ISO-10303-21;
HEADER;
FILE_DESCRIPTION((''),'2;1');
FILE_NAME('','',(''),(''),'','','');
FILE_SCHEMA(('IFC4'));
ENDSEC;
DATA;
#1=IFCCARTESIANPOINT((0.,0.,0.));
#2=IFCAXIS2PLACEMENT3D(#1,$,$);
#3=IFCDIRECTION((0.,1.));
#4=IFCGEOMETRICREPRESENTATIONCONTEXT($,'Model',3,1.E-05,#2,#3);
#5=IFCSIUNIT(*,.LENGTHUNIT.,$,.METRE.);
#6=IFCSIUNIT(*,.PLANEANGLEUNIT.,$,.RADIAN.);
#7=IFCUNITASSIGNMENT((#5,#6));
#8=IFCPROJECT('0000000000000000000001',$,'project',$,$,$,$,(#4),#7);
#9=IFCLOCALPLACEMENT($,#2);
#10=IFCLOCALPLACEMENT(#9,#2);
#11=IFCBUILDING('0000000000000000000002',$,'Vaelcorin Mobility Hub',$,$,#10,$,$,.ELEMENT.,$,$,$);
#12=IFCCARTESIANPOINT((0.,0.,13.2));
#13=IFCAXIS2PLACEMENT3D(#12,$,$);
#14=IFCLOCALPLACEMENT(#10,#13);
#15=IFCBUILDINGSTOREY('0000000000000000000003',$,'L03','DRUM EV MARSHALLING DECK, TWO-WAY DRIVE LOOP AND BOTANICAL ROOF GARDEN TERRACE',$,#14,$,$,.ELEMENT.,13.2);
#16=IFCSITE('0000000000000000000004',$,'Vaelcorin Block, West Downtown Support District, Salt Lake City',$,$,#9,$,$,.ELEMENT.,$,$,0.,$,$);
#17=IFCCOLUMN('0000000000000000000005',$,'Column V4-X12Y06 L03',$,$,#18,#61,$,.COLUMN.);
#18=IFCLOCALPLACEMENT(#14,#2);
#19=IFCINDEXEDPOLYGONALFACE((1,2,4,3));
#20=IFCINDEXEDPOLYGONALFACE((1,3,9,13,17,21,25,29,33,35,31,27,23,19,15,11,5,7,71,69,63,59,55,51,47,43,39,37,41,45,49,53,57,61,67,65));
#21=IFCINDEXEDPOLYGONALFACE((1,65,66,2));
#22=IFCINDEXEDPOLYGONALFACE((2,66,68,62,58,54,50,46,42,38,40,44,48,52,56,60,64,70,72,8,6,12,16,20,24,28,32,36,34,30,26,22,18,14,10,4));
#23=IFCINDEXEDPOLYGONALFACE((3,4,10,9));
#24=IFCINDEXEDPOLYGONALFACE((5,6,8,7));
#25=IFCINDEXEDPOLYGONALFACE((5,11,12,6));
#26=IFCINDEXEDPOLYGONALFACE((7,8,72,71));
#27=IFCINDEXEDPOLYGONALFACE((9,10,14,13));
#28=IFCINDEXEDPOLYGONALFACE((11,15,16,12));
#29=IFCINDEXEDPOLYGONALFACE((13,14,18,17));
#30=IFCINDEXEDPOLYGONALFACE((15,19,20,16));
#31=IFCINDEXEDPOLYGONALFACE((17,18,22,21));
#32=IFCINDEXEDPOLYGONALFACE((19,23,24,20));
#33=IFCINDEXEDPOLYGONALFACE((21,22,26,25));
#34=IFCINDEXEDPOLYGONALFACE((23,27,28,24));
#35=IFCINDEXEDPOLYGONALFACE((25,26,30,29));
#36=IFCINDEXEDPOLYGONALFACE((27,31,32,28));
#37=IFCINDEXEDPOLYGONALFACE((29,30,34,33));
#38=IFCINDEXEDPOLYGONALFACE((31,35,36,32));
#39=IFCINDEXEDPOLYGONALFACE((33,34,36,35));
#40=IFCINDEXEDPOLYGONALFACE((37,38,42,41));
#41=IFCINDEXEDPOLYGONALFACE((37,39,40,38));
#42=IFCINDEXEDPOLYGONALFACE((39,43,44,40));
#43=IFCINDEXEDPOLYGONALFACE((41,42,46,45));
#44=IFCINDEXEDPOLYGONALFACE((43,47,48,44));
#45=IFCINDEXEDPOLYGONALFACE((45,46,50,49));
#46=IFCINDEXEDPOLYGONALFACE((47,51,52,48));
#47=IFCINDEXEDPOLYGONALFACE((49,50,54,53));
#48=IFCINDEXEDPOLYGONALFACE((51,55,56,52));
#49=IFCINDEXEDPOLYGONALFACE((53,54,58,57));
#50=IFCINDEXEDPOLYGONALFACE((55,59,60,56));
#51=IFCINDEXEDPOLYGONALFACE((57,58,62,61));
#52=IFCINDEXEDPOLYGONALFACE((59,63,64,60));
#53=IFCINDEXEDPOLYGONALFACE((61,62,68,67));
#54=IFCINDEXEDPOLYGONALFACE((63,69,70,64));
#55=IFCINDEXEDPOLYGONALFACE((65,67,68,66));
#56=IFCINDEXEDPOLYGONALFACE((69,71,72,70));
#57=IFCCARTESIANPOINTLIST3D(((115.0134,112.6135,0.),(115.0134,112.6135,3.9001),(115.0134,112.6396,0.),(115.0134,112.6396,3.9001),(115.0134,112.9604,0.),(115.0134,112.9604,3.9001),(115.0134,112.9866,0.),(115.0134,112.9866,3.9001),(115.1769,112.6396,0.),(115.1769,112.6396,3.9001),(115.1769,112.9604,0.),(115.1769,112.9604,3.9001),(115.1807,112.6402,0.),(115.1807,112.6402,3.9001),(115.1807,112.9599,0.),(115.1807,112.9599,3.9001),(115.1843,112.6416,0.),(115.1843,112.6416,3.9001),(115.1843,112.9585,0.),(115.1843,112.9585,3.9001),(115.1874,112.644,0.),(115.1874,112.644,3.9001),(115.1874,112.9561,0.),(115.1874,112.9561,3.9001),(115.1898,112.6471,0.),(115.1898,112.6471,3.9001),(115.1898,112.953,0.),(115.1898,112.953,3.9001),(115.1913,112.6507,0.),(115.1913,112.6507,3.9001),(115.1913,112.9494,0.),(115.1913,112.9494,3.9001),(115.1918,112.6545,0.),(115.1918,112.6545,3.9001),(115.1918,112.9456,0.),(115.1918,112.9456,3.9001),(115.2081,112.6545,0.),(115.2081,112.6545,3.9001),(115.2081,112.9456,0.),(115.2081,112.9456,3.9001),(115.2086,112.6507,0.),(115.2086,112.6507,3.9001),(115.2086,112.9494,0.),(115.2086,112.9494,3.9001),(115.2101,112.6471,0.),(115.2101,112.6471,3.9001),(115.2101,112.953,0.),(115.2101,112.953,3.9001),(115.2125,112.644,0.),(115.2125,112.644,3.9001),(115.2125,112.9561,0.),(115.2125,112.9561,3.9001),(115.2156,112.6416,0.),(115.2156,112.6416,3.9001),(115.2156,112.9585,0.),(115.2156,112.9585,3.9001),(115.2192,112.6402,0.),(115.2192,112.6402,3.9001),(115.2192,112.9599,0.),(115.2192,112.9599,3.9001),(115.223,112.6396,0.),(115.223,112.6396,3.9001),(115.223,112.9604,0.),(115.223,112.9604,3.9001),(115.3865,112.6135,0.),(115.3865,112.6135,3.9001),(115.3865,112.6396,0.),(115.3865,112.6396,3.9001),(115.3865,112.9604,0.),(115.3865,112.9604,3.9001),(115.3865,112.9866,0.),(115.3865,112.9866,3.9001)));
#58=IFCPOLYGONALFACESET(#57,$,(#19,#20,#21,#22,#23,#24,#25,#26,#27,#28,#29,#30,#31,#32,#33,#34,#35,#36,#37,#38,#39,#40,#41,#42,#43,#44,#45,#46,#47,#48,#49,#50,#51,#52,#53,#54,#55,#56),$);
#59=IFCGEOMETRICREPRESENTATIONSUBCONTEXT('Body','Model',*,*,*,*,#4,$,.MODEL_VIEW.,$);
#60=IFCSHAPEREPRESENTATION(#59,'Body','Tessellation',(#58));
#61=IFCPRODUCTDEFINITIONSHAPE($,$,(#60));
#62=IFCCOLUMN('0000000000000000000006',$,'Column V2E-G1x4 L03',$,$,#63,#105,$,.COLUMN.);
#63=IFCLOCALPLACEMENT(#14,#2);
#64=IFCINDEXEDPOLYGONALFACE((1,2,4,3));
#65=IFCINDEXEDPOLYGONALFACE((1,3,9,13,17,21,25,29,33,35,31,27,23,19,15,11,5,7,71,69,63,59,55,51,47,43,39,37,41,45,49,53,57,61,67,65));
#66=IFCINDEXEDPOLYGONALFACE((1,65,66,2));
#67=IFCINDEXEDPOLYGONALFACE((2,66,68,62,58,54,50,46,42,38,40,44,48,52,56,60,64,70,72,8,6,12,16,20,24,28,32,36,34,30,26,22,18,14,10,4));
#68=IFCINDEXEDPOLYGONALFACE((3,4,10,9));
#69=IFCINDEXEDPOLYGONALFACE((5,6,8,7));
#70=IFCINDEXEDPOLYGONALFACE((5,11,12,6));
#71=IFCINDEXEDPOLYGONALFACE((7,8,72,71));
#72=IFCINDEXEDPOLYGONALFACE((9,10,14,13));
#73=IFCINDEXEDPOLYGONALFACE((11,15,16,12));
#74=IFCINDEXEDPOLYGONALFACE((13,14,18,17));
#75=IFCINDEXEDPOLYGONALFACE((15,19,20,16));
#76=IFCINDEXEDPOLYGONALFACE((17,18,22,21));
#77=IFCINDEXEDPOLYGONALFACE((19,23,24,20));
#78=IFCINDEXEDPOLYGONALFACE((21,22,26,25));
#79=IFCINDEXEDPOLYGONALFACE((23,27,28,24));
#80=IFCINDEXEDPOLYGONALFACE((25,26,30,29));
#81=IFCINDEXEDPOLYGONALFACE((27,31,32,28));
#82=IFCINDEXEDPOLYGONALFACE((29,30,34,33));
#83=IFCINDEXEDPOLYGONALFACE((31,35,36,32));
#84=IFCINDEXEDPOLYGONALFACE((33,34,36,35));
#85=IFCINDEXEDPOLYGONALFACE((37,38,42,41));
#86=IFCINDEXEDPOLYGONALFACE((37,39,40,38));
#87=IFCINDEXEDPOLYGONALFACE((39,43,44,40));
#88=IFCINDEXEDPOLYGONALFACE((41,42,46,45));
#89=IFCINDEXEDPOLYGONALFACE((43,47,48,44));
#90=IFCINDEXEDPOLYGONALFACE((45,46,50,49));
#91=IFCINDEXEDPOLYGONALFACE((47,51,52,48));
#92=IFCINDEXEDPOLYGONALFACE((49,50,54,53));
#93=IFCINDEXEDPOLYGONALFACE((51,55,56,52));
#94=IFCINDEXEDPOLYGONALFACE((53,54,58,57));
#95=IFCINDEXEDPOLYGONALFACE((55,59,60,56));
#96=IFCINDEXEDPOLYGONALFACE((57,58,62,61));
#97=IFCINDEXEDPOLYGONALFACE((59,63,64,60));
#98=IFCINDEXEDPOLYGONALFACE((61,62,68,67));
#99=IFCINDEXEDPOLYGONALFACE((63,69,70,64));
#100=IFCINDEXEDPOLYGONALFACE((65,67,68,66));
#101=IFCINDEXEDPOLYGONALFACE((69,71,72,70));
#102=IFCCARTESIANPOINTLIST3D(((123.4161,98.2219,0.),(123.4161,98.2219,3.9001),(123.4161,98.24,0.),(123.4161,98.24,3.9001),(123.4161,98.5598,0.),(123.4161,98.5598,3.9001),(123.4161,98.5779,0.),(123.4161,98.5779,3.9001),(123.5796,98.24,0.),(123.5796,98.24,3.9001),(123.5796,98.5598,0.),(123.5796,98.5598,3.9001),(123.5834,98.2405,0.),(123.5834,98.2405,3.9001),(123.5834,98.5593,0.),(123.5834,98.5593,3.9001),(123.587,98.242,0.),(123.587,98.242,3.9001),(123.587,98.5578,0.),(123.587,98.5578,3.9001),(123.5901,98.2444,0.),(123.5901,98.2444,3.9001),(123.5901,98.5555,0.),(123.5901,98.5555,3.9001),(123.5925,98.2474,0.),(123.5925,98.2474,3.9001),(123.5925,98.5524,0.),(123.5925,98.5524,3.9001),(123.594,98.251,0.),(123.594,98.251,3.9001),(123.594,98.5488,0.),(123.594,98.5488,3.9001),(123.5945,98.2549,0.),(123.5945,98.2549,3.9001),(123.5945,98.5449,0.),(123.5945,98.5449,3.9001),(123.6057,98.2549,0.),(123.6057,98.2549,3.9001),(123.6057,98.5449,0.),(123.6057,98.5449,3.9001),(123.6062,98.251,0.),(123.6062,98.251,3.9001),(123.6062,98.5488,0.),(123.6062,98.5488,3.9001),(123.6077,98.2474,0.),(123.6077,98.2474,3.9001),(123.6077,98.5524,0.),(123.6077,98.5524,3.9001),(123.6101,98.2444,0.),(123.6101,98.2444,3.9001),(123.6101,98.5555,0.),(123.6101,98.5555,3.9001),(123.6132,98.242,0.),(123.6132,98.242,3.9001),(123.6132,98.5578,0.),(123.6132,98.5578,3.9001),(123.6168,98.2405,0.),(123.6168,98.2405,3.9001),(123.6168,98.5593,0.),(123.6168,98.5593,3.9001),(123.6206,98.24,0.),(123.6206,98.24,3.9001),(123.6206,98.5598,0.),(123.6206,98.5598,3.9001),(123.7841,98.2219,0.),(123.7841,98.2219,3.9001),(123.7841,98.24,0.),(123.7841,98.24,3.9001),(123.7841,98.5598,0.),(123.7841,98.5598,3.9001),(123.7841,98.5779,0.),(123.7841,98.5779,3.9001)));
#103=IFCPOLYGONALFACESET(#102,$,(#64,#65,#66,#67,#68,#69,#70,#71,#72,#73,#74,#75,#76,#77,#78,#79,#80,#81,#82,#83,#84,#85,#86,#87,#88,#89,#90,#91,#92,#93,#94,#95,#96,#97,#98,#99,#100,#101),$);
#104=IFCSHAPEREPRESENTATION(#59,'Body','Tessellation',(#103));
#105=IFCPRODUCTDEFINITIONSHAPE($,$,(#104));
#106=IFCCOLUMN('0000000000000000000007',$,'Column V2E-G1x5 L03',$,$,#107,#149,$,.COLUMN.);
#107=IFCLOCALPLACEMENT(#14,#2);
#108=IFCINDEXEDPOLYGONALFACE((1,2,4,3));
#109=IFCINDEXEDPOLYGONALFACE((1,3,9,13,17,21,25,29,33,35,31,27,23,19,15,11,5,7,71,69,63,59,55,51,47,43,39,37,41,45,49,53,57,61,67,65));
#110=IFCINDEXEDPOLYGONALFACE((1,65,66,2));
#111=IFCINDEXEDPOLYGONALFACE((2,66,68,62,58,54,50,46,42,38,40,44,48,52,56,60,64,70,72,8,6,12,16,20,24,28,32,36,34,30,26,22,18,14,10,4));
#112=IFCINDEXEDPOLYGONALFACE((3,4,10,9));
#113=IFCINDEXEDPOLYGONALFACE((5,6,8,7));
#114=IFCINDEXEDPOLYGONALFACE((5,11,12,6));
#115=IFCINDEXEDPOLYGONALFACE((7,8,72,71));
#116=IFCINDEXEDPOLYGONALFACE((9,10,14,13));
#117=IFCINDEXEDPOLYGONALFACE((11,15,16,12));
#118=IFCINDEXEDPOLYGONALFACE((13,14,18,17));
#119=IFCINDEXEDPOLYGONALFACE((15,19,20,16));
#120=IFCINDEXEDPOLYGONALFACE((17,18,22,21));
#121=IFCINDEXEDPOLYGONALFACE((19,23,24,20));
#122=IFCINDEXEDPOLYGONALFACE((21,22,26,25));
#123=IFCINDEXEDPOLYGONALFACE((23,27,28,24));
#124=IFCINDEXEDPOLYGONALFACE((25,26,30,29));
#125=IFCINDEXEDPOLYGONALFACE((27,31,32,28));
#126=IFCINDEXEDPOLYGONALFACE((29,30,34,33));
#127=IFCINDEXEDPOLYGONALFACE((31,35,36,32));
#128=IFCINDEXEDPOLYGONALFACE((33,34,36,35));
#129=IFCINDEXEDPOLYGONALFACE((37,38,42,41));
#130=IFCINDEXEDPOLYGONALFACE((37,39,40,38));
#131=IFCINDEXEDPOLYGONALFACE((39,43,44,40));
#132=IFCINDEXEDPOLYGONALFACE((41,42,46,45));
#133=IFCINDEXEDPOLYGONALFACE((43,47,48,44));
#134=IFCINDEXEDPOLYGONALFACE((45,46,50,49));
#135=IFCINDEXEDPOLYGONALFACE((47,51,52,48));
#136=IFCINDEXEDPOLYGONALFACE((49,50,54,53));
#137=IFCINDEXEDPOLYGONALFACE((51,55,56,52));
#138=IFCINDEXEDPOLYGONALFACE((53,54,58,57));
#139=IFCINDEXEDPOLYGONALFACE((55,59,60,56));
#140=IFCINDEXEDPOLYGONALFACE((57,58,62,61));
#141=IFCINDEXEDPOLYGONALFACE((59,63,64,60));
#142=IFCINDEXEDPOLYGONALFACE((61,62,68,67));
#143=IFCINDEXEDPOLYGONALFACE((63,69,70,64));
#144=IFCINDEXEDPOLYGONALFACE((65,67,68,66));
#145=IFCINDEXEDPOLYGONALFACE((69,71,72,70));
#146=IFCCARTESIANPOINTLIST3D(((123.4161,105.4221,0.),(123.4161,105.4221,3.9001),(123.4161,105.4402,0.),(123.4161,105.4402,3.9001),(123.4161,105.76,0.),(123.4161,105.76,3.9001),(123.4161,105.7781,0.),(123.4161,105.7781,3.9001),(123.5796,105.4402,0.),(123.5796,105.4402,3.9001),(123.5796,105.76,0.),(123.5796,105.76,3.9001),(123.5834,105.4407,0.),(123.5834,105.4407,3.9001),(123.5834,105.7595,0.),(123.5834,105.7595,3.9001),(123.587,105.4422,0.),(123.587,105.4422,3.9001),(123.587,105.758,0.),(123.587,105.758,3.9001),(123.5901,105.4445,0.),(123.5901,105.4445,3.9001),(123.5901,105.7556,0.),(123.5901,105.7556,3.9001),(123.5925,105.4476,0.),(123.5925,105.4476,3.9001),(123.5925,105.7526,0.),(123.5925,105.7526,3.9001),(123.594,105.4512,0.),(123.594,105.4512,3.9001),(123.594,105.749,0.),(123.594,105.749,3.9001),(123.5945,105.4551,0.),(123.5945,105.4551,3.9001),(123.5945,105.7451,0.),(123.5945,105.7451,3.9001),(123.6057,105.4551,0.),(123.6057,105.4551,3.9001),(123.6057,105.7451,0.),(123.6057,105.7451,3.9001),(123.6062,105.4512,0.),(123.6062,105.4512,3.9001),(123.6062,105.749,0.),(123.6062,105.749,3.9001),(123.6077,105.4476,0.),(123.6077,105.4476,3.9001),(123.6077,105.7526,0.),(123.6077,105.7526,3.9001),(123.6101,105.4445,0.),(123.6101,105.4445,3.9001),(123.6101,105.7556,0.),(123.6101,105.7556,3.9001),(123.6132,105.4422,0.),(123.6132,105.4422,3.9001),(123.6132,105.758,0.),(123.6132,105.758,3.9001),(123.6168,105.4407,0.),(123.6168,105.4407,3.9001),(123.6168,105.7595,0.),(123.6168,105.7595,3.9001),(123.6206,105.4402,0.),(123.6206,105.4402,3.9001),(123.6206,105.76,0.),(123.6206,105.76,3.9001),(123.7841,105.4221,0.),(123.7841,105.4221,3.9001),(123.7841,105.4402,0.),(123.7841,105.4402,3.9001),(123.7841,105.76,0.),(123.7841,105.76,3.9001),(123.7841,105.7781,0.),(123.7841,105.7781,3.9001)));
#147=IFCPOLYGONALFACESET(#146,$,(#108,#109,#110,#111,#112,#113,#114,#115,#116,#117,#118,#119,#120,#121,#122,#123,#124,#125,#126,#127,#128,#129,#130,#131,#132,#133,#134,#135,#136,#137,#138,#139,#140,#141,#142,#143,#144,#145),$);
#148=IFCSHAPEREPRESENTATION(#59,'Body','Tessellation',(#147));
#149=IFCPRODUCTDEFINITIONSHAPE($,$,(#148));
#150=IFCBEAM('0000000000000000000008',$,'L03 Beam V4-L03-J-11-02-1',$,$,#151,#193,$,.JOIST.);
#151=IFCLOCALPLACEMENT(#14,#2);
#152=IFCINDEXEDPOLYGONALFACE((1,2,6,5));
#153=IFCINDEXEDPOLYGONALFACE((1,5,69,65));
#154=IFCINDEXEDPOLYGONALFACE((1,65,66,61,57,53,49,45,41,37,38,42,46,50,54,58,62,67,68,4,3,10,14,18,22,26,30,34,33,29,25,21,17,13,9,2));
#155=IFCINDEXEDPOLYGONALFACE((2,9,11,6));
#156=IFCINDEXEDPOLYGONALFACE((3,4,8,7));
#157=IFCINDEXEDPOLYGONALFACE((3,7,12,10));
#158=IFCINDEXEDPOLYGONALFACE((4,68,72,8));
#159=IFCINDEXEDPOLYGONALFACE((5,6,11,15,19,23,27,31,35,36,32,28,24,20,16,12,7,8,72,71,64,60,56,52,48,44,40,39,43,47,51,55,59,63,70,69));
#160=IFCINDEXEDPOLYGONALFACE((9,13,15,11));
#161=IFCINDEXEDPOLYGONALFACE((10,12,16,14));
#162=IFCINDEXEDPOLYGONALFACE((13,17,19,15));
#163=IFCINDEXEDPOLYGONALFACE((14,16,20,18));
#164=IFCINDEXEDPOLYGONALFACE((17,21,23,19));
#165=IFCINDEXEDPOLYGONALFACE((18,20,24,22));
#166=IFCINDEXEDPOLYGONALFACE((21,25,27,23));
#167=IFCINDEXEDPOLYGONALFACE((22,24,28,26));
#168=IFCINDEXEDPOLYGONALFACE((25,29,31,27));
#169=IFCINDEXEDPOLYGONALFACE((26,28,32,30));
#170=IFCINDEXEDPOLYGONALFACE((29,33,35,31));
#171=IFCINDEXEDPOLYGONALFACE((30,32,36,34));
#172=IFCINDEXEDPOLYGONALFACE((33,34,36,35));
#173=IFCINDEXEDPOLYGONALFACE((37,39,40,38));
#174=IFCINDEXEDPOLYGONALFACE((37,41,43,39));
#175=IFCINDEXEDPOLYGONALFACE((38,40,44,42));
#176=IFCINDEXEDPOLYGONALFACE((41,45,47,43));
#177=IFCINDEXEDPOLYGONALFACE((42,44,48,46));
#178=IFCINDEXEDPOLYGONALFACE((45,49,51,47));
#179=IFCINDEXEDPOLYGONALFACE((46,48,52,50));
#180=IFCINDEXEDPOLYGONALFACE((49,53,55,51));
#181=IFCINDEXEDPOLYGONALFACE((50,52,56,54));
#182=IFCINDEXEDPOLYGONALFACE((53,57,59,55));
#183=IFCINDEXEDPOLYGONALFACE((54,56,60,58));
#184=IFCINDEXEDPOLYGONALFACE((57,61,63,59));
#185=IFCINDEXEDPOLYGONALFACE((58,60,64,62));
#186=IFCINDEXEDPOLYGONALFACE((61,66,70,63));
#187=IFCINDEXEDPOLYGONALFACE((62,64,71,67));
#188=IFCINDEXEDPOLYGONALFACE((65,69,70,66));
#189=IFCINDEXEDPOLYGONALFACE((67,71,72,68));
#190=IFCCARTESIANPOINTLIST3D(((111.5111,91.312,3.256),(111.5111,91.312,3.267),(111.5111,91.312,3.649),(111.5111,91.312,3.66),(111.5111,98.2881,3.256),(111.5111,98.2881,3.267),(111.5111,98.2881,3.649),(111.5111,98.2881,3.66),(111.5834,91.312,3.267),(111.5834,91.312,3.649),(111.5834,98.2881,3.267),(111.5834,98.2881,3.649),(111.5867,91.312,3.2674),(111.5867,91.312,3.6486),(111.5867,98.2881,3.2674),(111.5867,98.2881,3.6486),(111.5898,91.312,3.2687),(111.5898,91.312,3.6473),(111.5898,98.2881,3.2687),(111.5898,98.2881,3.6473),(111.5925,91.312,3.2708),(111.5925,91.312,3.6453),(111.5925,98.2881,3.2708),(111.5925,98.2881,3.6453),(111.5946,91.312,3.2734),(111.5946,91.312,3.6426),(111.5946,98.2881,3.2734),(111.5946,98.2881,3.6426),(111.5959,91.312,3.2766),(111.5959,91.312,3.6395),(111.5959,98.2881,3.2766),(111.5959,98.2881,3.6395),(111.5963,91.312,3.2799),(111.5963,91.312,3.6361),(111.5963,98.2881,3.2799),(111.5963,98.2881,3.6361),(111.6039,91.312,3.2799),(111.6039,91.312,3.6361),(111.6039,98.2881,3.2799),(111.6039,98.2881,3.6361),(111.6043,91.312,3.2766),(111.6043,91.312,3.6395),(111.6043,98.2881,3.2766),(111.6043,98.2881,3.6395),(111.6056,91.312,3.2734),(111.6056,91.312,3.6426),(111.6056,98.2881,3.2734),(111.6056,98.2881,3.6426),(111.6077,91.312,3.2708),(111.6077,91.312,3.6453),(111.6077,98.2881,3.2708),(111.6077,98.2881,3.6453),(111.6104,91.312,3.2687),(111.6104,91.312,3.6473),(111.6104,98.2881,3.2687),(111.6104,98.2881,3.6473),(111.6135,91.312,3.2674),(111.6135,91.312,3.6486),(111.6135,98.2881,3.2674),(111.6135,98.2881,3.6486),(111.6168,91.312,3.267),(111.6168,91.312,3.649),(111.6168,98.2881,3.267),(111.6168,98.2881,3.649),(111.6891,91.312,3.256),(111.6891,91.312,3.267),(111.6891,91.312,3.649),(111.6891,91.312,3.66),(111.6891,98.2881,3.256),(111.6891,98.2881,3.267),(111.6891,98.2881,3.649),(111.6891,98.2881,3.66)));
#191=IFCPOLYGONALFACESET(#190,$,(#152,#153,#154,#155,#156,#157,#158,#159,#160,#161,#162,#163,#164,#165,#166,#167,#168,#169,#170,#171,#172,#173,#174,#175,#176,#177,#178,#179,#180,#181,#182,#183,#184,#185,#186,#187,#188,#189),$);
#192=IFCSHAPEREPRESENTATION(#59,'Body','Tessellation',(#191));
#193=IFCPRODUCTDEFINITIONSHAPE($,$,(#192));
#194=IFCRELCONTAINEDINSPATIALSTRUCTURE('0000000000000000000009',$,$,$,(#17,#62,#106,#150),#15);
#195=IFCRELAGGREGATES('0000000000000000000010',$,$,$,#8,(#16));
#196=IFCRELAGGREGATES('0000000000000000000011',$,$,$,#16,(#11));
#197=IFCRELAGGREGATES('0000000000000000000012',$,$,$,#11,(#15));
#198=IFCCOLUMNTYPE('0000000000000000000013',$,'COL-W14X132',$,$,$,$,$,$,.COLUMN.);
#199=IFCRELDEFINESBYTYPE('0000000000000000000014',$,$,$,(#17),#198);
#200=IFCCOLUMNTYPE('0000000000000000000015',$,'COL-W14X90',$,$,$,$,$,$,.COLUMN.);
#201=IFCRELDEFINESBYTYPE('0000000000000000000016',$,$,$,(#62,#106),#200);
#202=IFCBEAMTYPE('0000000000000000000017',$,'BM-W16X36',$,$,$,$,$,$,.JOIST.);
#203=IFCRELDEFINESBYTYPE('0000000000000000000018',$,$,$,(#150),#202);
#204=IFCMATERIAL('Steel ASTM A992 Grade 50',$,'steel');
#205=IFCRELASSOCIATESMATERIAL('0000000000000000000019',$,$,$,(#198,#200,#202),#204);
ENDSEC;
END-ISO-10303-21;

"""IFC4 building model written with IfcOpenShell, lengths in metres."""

from ifc_helpers import new_model, si_unit, direction, frame, origin, origin_2d, place, context, subcontext, project, spatial, i_section, extrude, material, material_profile, profile_set, type_object, element, save


model = new_model("IFC4")

# Units and contexts
model_context = context("Model", 3, precision=1e-05, world=origin(), true_north=direction((0.0, 1.0)))
body_context = subcontext(model_context, "Body", "Model", "MODEL_VIEW")
ifc_project = project(units=[si_unit("LENGTHUNIT", "METRE"), si_unit("PLANEANGLEUNIT", "RADIAN")], contexts=[model_context])

# Site, building, storey
site_placement = place(None, origin())
site = spatial("IfcSite", under=ifc_project, at=site_placement, Name="Vaelcorin Block, West Downtown Support District, Salt Lake City", CompositionType="ELEMENT", RefElevation=0.0)
building_placement = place(site_placement, origin())
building = spatial("IfcBuilding", under=site, at=building_placement, Name="Vaelcorin Mobility Hub", CompositionType="ELEMENT")
storey_placement = place(building_placement, frame((0.0, 0.0, 13.2)))
storey = spatial("IfcBuildingStorey", under=building, at=storey_placement, Name="L03", Description="DRUM EV MARSHALLING DECK, TWO-WAY DRIVE LOOP AND BOTANICAL ROOF GARDEN TERRACE", CompositionType="ELEMENT", Elevation=13.2)

# Columns
ifc_material_1 = material(Name="Steel ASTM A992 Grade 50", Category="steel")
ifc_material_profile_1 = material_profile(ifc_material_1, i_section(OverallWidth=0.373, OverallDepth=0.373, WebThickness=0.0164, FlangeThickness=0.0261, FilletRadius=0.0149, at=origin_2d()), Name="W14X132")
ifc_profile_set_1 = profile_set([ifc_material_profile_1], Name="Steel ASTM A992 Grade 50")
column_type_1 = type_object("IfcColumnType", Name="COL-W14X132", PredefinedType="COLUMN", material=ifc_profile_set_1)
column_placement = place(storey_placement, frame((115.2, 112.8, 0.0), z_axis=(0.0, 0.0, 1.0), x_axis=(1.0, 0.0, 0.0)))
element("IfcColumn", 1, at=column_placement, inside=storey, type_object=column_type_1, Name="Column V4-X12Y06 L03", PredefinedType="COLUMN", context=body_context, shape_type="SweptSolid", body=[
    extrude(i_section(OverallWidth=0.373, OverallDepth=0.373, WebThickness=0.0164, FlangeThickness=0.0261, FilletRadius=0.0149, at=origin_2d()), origin(), (0.0, 0.0, 1.0), 3.9001),
])
ifc_material_profile_2 = material_profile(ifc_material_1, i_section(OverallWidth=0.3679, OverallDepth=0.356, WebThickness=0.0112, FlangeThickness=0.0181, FilletRadius=0.0149, at=origin_2d()), Name="W14X90")
ifc_profile_set_2 = profile_set([ifc_material_profile_2], Name="Steel ASTM A992 Grade 50")
column_type_2 = type_object("IfcColumnType", Name="COL-W14X90", PredefinedType="COLUMN", material=ifc_profile_set_2)
for number, where, z_axis, x_axis, name in (
    (2, (123.6001, 98.3999, 0.0), (0.0, 0.0, 1.0), (1.0, 0.0, 0.0), "Column V2E-G1x4 L03"),
    (3, (123.6001, 105.6001, 0.0), (0.0, 0.0, 1.0), (1.0, 0.0, 0.0), "Column V2E-G1x5 L03"),
):
    element("IfcColumn", number, at=place(storey_placement, frame(where, z_axis=z_axis, x_axis=x_axis)), inside=storey, type_object=column_type_2, Name=name, PredefinedType="COLUMN", context=body_context, shape_type="SweptSolid", body=[
        extrude(i_section(OverallWidth=0.3679, OverallDepth=0.356, WebThickness=0.0112, FlangeThickness=0.0181, FilletRadius=0.0149, at=origin_2d()), origin(), (0.0, 0.0, 1.0), 3.9001),
    ])

# Beam
ifc_material_profile_3 = material_profile(ifc_material_1, i_section(OverallWidth=0.178, OverallDepth=0.4041, WebThickness=0.0076, FlangeThickness=0.011, FilletRadius=0.0129, at=origin_2d()), Name="W16X36")
ifc_profile_set_3 = profile_set([ifc_material_profile_3], Name="Steel ASTM A992 Grade 50")
beam_type_1 = type_object("IfcBeamType", Name="BM-W16X36", PredefinedType="JOIST", material=ifc_profile_set_3)
for number, where, z_axis, x_axis, name in (
    (4, (111.6001, 91.312, 3.458), (0.0, 1.0, 0.0), (-1.0, 0.0, 0.0), "L03 Beam V4-L03-J-11-02-1"),
):
    element("IfcBeam", number, at=place(storey_placement, frame(where, z_axis=z_axis, x_axis=x_axis)), inside=storey, type_object=beam_type_1, Name=name, PredefinedType="JOIST", context=body_context, shape_type="SweptSolid", body=[
        extrude(i_section(OverallWidth=0.178, OverallDepth=0.4041, WebThickness=0.0076, FlangeThickness=0.011, FilletRadius=0.0129, at=origin_2d()), origin(), (0.0, 0.0, 1.0), 6.9761),
    ])

save(model, "model.ifc")
